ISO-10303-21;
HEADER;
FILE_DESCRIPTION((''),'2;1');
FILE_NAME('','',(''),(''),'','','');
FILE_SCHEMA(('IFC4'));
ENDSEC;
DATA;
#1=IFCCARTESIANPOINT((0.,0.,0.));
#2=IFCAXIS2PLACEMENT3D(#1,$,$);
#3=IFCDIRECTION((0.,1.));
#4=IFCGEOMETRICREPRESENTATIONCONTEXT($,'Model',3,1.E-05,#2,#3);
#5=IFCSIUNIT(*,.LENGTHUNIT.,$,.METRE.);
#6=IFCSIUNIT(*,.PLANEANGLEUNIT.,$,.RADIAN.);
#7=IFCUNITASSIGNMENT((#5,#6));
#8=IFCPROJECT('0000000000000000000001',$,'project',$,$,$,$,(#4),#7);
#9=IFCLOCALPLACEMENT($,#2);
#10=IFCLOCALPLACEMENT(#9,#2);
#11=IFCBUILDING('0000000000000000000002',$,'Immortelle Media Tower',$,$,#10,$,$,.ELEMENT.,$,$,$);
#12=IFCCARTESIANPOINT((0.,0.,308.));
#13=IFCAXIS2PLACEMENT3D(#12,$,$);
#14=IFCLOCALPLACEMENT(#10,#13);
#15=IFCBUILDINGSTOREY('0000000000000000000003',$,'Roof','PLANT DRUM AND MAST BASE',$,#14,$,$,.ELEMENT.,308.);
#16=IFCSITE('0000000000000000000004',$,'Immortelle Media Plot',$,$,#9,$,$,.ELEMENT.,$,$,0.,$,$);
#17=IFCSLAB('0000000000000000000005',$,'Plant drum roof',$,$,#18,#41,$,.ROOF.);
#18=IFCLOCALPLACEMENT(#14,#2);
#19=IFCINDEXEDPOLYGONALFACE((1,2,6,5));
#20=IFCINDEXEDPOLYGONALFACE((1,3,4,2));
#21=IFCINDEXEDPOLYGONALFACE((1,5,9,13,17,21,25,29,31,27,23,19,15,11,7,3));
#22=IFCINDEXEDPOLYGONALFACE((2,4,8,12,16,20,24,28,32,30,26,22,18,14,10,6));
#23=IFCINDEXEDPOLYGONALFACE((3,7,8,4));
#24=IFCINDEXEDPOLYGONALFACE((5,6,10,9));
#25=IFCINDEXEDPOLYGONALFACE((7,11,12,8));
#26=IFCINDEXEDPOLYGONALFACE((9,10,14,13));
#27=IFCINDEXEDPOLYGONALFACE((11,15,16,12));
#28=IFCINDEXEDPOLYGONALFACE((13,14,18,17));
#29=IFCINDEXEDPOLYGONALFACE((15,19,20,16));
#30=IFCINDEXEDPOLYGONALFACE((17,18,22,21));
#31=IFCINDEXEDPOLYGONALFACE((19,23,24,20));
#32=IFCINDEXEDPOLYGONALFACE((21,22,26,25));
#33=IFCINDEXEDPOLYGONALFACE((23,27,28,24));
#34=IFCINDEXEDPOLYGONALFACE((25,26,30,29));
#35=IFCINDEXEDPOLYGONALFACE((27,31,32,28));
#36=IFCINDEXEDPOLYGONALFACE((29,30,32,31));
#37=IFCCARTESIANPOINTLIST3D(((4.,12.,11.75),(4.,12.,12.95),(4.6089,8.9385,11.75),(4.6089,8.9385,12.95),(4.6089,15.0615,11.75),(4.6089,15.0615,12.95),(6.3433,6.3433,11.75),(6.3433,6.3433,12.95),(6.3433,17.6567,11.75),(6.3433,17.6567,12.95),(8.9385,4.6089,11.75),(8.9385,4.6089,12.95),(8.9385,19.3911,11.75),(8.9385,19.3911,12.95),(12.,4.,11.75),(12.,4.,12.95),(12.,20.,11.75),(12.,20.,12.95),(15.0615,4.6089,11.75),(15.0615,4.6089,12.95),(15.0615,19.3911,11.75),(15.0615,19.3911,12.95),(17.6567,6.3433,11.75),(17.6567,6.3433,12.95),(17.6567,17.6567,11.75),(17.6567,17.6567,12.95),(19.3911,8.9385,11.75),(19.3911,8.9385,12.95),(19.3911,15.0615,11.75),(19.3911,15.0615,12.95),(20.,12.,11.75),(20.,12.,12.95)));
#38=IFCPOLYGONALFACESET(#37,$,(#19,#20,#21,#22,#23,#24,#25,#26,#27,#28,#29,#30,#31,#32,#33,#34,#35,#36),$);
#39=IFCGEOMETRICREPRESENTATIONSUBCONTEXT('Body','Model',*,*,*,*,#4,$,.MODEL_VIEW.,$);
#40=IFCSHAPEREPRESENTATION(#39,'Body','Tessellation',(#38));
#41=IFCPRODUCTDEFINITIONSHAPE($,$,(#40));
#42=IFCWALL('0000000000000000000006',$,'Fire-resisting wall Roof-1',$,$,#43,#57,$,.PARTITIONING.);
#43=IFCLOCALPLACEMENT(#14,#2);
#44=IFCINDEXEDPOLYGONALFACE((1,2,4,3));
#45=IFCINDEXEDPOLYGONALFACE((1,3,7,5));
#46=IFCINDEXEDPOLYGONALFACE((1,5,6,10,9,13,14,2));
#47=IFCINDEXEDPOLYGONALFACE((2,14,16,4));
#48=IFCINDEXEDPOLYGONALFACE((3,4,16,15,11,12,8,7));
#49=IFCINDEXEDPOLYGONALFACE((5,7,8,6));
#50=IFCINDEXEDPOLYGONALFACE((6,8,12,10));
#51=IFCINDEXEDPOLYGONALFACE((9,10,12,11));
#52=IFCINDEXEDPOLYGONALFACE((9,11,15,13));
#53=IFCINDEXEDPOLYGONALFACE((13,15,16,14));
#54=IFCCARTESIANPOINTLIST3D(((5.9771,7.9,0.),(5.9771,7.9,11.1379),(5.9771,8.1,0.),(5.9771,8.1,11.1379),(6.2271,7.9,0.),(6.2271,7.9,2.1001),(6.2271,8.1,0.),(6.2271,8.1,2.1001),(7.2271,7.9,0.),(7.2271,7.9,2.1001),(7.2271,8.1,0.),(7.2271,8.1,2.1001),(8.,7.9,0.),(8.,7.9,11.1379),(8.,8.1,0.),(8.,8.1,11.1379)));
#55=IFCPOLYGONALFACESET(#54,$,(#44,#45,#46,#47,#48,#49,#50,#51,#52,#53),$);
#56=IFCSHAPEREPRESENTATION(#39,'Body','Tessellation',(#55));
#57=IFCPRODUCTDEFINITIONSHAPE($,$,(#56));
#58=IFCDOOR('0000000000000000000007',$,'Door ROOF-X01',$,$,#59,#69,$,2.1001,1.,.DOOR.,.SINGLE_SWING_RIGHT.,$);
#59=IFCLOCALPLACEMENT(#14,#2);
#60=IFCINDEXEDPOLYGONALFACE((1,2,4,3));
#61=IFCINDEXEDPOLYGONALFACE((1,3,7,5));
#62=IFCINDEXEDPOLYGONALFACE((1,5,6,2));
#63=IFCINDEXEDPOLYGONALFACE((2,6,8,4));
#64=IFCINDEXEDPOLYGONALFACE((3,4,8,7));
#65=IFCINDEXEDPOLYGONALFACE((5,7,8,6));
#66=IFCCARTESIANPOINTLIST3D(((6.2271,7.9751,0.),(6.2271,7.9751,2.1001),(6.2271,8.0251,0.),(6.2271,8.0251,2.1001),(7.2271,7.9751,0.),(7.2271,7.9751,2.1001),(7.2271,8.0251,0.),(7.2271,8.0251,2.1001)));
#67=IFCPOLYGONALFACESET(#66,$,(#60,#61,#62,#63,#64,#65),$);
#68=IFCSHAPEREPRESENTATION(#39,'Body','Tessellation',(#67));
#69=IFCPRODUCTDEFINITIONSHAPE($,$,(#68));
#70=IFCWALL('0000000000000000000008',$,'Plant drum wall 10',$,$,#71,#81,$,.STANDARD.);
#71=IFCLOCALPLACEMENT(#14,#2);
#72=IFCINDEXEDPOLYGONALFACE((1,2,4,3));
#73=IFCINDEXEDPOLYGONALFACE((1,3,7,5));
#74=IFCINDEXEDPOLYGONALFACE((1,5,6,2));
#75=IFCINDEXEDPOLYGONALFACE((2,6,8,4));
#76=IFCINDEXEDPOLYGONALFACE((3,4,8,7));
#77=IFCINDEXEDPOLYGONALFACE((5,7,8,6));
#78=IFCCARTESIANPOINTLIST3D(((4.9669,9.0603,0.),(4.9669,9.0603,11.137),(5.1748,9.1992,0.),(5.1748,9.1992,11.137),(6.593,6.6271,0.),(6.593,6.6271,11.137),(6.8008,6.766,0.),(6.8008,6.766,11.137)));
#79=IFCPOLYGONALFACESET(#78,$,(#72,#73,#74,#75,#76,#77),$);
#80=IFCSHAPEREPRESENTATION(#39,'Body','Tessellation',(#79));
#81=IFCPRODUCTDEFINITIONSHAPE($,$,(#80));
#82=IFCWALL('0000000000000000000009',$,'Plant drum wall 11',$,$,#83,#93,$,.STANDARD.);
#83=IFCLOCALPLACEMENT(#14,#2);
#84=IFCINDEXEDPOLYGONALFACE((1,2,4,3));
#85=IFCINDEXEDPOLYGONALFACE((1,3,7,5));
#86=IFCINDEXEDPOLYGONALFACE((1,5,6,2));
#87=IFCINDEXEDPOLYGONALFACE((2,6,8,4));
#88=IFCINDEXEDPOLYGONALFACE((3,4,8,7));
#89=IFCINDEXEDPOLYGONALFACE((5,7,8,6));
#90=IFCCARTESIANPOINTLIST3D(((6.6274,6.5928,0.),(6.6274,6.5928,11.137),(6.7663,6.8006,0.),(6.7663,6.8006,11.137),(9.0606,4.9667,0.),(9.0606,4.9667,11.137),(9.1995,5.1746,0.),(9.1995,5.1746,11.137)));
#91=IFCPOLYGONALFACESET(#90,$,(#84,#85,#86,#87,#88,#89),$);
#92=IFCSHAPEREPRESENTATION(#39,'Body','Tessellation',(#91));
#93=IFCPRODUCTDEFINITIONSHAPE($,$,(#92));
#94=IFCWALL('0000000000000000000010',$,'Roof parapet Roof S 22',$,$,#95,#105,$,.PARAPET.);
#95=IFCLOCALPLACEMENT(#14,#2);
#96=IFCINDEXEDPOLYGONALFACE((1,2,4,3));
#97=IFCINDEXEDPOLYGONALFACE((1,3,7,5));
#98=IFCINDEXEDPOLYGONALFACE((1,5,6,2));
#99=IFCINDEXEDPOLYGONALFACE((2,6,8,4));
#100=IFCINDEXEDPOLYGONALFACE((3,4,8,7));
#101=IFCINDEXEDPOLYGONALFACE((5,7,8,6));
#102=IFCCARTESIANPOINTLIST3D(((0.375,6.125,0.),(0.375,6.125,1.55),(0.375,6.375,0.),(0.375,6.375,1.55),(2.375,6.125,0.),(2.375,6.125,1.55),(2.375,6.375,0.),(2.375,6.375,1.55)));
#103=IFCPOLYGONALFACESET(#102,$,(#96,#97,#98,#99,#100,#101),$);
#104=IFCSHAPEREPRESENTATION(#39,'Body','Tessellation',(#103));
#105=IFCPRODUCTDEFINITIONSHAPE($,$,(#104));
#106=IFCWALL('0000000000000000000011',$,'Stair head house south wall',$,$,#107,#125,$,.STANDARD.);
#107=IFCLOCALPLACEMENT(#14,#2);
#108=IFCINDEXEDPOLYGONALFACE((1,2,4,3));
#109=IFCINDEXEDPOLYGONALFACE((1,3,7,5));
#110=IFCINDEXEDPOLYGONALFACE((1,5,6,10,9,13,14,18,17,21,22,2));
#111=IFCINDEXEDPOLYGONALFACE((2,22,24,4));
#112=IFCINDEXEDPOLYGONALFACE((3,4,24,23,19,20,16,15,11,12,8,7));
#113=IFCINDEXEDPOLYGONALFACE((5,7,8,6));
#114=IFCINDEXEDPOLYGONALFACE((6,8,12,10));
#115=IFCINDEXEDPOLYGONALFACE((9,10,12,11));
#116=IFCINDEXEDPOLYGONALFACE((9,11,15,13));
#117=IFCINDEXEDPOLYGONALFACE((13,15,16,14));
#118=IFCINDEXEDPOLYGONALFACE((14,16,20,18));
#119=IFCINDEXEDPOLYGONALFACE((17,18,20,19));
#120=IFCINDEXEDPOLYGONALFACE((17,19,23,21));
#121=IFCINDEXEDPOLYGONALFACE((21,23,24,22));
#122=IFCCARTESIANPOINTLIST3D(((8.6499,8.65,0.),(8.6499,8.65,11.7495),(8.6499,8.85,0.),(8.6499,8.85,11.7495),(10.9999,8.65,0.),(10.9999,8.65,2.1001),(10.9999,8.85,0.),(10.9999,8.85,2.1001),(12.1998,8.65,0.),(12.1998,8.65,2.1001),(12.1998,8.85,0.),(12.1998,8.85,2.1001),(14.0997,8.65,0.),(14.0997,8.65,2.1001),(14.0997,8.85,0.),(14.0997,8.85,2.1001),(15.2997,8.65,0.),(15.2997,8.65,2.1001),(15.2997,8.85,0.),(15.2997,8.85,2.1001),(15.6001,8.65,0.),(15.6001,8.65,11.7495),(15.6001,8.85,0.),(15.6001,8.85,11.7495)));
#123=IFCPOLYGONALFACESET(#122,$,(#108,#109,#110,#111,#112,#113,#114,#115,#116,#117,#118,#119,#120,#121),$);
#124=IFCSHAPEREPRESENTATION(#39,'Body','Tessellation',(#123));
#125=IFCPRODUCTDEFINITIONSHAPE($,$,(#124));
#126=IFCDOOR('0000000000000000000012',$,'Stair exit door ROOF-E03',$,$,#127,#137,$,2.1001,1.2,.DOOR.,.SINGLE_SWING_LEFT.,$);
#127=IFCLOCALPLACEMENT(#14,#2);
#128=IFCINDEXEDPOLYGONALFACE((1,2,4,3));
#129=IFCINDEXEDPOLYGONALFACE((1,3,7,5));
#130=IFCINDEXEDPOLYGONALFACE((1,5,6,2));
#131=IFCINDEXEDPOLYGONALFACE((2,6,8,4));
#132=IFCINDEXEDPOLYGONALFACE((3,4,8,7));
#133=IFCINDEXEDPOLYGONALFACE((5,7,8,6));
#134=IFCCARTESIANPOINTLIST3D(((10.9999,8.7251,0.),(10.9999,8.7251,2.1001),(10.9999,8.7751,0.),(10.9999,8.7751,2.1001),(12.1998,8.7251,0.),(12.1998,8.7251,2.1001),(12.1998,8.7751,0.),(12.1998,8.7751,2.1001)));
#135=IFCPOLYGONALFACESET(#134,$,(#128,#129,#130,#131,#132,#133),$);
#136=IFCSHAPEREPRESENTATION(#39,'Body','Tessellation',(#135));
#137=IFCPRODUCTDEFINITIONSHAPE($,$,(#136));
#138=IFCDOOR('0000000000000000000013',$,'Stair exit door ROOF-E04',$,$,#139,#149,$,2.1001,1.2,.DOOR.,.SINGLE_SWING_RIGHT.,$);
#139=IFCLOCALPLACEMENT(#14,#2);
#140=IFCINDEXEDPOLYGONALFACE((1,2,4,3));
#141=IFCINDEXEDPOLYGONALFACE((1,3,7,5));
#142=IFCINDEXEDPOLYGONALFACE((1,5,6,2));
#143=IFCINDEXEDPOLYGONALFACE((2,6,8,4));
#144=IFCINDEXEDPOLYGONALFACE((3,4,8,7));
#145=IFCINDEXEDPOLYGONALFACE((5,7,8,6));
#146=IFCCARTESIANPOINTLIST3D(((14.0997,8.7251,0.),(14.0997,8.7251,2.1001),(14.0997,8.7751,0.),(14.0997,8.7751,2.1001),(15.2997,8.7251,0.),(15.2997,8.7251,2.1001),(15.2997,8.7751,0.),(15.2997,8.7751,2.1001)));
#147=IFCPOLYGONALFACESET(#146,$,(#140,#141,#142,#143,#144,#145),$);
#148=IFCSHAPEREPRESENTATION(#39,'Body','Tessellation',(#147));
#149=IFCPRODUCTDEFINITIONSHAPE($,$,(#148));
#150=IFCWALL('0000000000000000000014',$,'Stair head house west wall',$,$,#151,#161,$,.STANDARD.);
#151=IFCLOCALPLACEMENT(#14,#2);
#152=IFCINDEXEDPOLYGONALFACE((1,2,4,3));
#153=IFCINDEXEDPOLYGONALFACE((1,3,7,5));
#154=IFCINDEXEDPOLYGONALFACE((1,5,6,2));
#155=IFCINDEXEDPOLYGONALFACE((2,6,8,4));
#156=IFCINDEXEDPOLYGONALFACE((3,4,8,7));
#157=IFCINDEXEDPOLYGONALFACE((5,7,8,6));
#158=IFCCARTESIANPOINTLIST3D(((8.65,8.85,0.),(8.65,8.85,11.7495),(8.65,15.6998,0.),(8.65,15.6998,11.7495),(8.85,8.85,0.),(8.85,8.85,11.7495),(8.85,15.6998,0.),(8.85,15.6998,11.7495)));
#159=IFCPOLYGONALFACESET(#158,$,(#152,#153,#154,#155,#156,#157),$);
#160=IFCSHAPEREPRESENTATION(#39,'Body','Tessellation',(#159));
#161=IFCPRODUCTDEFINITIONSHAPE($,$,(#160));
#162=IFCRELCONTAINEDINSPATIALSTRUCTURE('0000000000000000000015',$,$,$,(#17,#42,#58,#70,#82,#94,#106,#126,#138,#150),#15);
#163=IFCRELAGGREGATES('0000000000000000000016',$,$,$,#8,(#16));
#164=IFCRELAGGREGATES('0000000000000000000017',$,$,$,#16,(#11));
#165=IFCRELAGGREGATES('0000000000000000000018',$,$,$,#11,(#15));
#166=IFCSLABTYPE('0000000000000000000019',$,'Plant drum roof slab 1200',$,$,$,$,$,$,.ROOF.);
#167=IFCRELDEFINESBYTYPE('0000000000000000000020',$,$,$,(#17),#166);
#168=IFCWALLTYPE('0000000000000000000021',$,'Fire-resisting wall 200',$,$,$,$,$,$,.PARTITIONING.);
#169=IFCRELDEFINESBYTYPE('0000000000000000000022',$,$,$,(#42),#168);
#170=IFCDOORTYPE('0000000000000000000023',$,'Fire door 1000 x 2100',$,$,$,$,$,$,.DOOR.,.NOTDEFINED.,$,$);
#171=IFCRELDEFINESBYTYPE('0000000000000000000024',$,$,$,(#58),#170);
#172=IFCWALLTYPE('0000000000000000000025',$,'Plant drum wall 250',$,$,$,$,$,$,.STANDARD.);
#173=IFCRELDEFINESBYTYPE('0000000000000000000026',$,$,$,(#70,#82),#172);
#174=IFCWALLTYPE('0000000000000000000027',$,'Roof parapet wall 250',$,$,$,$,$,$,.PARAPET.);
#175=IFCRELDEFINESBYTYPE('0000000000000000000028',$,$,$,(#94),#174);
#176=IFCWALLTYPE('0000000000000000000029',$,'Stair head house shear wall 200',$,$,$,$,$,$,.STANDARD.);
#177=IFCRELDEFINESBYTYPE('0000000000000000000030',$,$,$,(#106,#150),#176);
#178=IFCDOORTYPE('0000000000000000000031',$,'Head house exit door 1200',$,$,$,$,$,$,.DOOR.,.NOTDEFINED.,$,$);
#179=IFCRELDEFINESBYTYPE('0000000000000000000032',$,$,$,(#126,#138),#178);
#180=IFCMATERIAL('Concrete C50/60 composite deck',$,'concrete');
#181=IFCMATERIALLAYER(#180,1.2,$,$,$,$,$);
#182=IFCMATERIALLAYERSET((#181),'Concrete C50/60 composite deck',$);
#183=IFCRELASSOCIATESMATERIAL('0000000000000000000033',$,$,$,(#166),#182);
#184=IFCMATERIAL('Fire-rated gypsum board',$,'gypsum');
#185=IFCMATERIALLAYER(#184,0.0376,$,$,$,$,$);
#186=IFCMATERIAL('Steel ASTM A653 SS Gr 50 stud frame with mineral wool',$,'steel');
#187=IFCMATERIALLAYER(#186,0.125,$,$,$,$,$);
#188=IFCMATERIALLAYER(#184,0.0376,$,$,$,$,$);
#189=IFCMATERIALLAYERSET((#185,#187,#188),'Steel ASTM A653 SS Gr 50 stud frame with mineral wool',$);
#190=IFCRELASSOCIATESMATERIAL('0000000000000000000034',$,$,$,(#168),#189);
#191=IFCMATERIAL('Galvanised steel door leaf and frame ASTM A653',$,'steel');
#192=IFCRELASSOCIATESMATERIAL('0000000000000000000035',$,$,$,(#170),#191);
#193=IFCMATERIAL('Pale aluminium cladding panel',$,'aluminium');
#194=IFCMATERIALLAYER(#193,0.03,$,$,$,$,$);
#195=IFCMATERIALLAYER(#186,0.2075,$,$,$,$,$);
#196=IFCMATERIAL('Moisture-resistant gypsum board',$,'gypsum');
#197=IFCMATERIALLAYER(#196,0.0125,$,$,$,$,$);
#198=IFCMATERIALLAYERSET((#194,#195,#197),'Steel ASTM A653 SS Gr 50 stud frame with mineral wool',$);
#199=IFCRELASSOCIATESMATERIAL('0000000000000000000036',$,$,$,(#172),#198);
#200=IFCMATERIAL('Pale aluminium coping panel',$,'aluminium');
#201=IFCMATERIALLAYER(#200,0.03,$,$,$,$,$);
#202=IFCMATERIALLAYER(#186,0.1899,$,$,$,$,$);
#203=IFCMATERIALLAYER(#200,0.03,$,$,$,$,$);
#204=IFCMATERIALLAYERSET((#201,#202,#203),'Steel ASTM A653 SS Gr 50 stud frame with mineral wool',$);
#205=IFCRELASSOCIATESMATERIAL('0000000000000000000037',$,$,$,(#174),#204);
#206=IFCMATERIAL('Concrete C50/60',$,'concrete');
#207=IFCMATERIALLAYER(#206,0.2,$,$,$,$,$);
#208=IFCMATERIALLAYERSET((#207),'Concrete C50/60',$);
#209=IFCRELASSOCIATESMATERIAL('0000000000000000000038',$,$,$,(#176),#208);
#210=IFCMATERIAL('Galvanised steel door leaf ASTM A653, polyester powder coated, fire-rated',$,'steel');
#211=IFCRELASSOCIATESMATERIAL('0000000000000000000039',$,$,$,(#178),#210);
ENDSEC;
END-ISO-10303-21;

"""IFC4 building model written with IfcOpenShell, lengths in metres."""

from ifc_helpers import new_model, si_unit, direction, frame, frame_2d, origin, place, context, subcontext, project, spatial, polyline, rectangle, outline, extrude, material, layer, layer_set, type_object, element, fill, save


model = new_model("IFC4")

# Units and contexts
model_context = context("Model", 3, precision=1e-05, world=origin(), true_north=direction((0.0, 1.0)))
body_context = subcontext(model_context, "Body", "Model", "MODEL_VIEW")
ifc_project = project(units=[si_unit("LENGTHUNIT", "METRE"), si_unit("PLANEANGLEUNIT", "RADIAN")], contexts=[model_context])

# Site, building, storey
site_placement = place(None, origin())
site = spatial("IfcSite", under=ifc_project, at=site_placement, Name="Immortelle Media Plot", CompositionType="ELEMENT", RefElevation=0.0)
building_placement = place(site_placement, origin())
building = spatial("IfcBuilding", under=site, at=building_placement, Name="Immortelle Media Tower", CompositionType="ELEMENT")
storey_placement = place(building_placement, frame((0.0, 0.0, 308.0)))
storey = spatial("IfcBuildingStorey", under=building, at=storey_placement, Name="Roof", Description="PLANT DRUM AND MAST BASE", CompositionType="ELEMENT", Elevation=308.0)

# Slab
ifc_material_1 = material(Name="Concrete C50/60 composite deck", Category="concrete")
ifc_layer_1 = layer(ifc_material_1, 1.2)
ifc_layer_set_1 = layer_set([ifc_layer_1], Name="Concrete C50/60 composite deck")
slab_type = type_object("IfcSlabType", Name="Plant drum roof slab 1200", PredefinedType="ROOF", material=ifc_layer_set_1)
slab_placement = place(storey_placement, frame((0.0, 0.0, 11.75)))
element("IfcSlab", 1, at=slab_placement, inside=storey, type_object=slab_type, Name="Plant drum roof", PredefinedType="ROOF", context=body_context, shape_type="SweptSolid", body=[
    extrude(outline(polyline([(20.0, 12.0), (19.3911, 15.0615), (17.6567, 17.6567), (15.0615, 19.3911), (12.0, 20.0), (8.9385, 19.3911), (6.3433, 17.6567), (4.6089, 15.0615), (4.0, 12.0), (4.6089, 8.9385), (6.3433, 6.3433), (8.9385, 4.6089), (12.0, 4.0), (15.0615, 4.6089), (17.6567, 6.3433), (19.3911, 8.9385), (20.0, 12.0)])), origin(), (0.0, 0.0, 1.0), 1.2),
])

# Wall, opening, door
ifc_material_2 = material(Name="Fire-rated gypsum board", Category="gypsum")
ifc_layer_2 = layer(ifc_material_2, 0.0376)
ifc_material_3 = material(Name="Steel ASTM A653 SS Gr 50 stud frame with mineral wool", Category="steel")
ifc_layer_3 = layer(ifc_material_3, 0.125)
ifc_layer_4 = layer(ifc_material_2, 0.0376)
ifc_layer_set_2 = layer_set([ifc_layer_2, ifc_layer_3, ifc_layer_4], Name="Steel ASTM A653 SS Gr 50 stud frame with mineral wool")
wall_type_1 = type_object("IfcWallType", Name="Fire-resisting wall 200", PredefinedType="PARTITIONING", material=ifc_layer_set_2)
wall_1_placement = place(storey_placement, frame((5.9771, 8.0, 0.0), z_axis=(0.0, 0.0, 1.0), x_axis=(1.0, 0.0, 0.0)))
wall_1 = element("IfcWall", 2, at=wall_1_placement, inside=storey, type_object=wall_type_1, Name="Fire-resisting wall Roof-1", PredefinedType="PARTITIONING", context=body_context, shape_type="SweptSolid", body=[
    extrude(rectangle(XDim=2.0229, YDim=0.2, at=frame_2d((1.0115, 0.0))), origin(), (0.0, 0.0, 1.0), 11.1379),
])
opening_1_placement = place(wall_1_placement, frame((1.25, 0.0, 0.0), z_axis=(0.0, 0.0, 1.0), x_axis=(-1.0, 0.0, 0.0)))
opening_1 = element("IfcOpeningElement", 3, at=opening_1_placement, cuts=wall_1, PredefinedType="OPENING", context=body_context, shape_type="SweptSolid", body=[
    extrude(rectangle(XDim=1.0, YDim=2.1001, at=frame_2d((0.5, 1.05))), frame((0.0, 0.1099, 0.0), z_axis=(0.0, -1.0, 0.0), x_axis=(1.0, 0.0, 0.0)), (0.0, 0.0, 1.0), 0.22),
])
ifc_material_4 = material(Name="Galvanised steel door leaf and frame ASTM A653", Category="steel")
door_type_1 = type_object("IfcDoorType", Name="Fire door 1000 x 2100", OperationType="NOTDEFINED", PredefinedType="DOOR", material=ifc_material_4)
door_1_placement = place(opening_1_placement, origin())
door_1 = element("IfcDoor", 4, at=door_1_placement, inside=storey, type_object=door_type_1, Name="Door ROOF-X01", OperationType="SINGLE_SWING_RIGHT", OverallHeight=2.1001, OverallWidth=1.0, PredefinedType="DOOR", context=body_context, shape_type="SweptSolid", body=[
    extrude(rectangle(XDim=1.0, YDim=2.1001, at=frame_2d((0.5, 1.05))), frame((0.0, 0.0249, 0.0), z_axis=(0.0, -1.0, 0.0), x_axis=(1.0, 0.0, 0.0)), (0.0, 0.0, 1.0), 0.05),
])
fill(opening_1, door_1)

# Walls
ifc_material_5 = material(Name="Pale aluminium cladding panel", Category="aluminium")
ifc_layer_5 = layer(ifc_material_5, 0.03)
ifc_layer_6 = layer(ifc_material_3, 0.2075)
ifc_material_6 = material(Name="Moisture-resistant gypsum board", Category="gypsum")
ifc_layer_7 = layer(ifc_material_6, 0.0125)
ifc_layer_set_3 = layer_set([ifc_layer_5, ifc_layer_6, ifc_layer_7], Name="Steel ASTM A653 SS Gr 50 stud frame with mineral wool")
wall_type_2 = type_object("IfcWallType", Name="Plant drum wall 250", PredefinedType="STANDARD", material=ifc_layer_set_3)
for number, where, z_axis, x_axis, name in (
    (5, (5.0708, 9.1299, 0.0), (0.0, 0.0, 1.0), (0.555624, -0.831434, 0.0), "Plant drum wall 10"),
    (6, (6.6968, 6.6968, 0.0), (0.0, 0.0, 1.0), (0.831434, -0.555624, 0.0), "Plant drum wall 11"),
):
    element("IfcWall", number, at=place(storey_placement, frame(where, z_axis=z_axis, x_axis=x_axis)), inside=storey, type_object=wall_type_2, Name=name, PredefinedType="STANDARD", context=body_context, shape_type="SweptSolid", body=[
        extrude(rectangle(XDim=2.9265, YDim=0.25, at=frame_2d((1.4634, 0.0))), origin(), (0.0, 0.0, 1.0), 11.137),
    ])
ifc_material_7 = material(Name="Pale aluminium coping panel", Category="aluminium")
ifc_layer_8 = layer(ifc_material_7, 0.03)
ifc_layer_9 = layer(ifc_material_3, 0.1899)
ifc_layer_10 = layer(ifc_material_7, 0.03)
ifc_layer_set_4 = layer_set([ifc_layer_8, ifc_layer_9, ifc_layer_10], Name="Steel ASTM A653 SS Gr 50 stud frame with mineral wool")
wall_type_3 = type_object("IfcWallType", Name="Roof parapet wall 250", PredefinedType="PARAPET", material=ifc_layer_set_4)
wall_2_placement = place(storey_placement, frame((0.375, 6.25, 0.0), z_axis=(0.0, 0.0, 1.0), x_axis=(1.0, 0.0, 0.0)))
element("IfcWall", 7, at=wall_2_placement, inside=storey, type_object=wall_type_3, Name="Roof parapet Roof S 22", PredefinedType="PARAPET", context=body_context, shape_type="SweptSolid", body=[
    extrude(rectangle(XDim=2.0, YDim=0.25, at=frame_2d((1.0, 0.0))), origin(), (0.0, 0.0, 1.0), 1.55),
])

# Wall, openings, doors
ifc_material_8 = material(Name="Concrete C50/60", Category="concrete")
ifc_layer_11 = layer(ifc_material_8, 0.2)
ifc_layer_set_5 = layer_set([ifc_layer_11], Name="Concrete C50/60")
wall_type_4 = type_object("IfcWallType", Name="Stair head house shear wall 200", PredefinedType="STANDARD", material=ifc_layer_set_5)
wall_3_placement = place(storey_placement, frame((8.6499, 8.75, 0.0), z_axis=(0.0, 0.0, 1.0), x_axis=(1.0, 0.0, 0.0)))
wall_3 = element("IfcWall", 8, at=wall_3_placement, inside=storey, type_object=wall_type_4, Name="Stair head house south wall", PredefinedType="STANDARD", context=body_context, shape_type="SweptSolid", body=[
    extrude(rectangle(XDim=6.9502, YDim=0.2, at=frame_2d((3.4751, 0.0))), origin(), (0.0, 0.0, 1.0), 11.7495),
])
opening_2_placement = place(wall_3_placement, frame((3.55, 0.0, 0.0), z_axis=(0.0, 0.0, 1.0), x_axis=(-1.0, 0.0, 0.0)))
opening_2 = element("IfcOpeningElement", 9, at=opening_2_placement, cuts=wall_3, PredefinedType="OPENING", context=body_context, shape_type="SweptSolid", body=[
    extrude(rectangle(XDim=1.2, YDim=2.1001, at=frame_2d((0.6001, 1.05))), frame((0.0, 0.1099, 0.0), z_axis=(0.0, -1.0, 0.0), x_axis=(1.0, 0.0, 0.0)), (0.0, 0.0, 1.0), 0.22),
])
opening_3_placement = place(wall_3_placement, frame((6.6499, 0.0, 0.0), z_axis=(0.0, 0.0, 1.0), x_axis=(-1.0, 0.0, 0.0)))
opening_3 = element("IfcOpeningElement", 10, at=opening_3_placement, cuts=wall_3, PredefinedType="OPENING", context=body_context, shape_type="SweptSolid", body=[
    extrude(rectangle(XDim=1.2, YDim=2.1001, at=frame_2d((0.6001, 1.05))), frame((0.0, 0.1099, 0.0), z_axis=(0.0, -1.0, 0.0), x_axis=(1.0, 0.0, 0.0)), (0.0, 0.0, 1.0), 0.22),
])
ifc_material_9 = material(Name="Galvanised steel door leaf ASTM A653, polyester powder coated, fire-rated", Category="steel")
door_type_2 = type_object("IfcDoorType", Name="Head house exit door 1200", OperationType="NOTDEFINED", PredefinedType="DOOR", material=ifc_material_9)
door_2_placement = place(opening_2_placement, origin())
door_2 = element("IfcDoor", 11, at=door_2_placement, inside=storey, type_object=door_type_2, Name="Stair exit door ROOF-E03", OperationType="SINGLE_SWING_LEFT", OverallHeight=2.1001, OverallWidth=1.2, PredefinedType="DOOR", context=body_context, shape_type="SweptSolid", body=[
    extrude(rectangle(XDim=1.2, YDim=2.1001, at=frame_2d((0.6001, 1.05))), frame((0.0, 0.0249, 0.0), z_axis=(0.0, -1.0, 0.0), x_axis=(1.0, 0.0, 0.0)), (0.0, 0.0, 1.0), 0.05),
])
fill(opening_2, door_2)
door_3_placement = place(opening_3_placement, origin())
door_3 = element("IfcDoor", 12, at=door_3_placement, inside=storey, type_object=door_type_2, Name="Stair exit door ROOF-E04", OperationType="SINGLE_SWING_RIGHT", OverallHeight=2.1001, OverallWidth=1.2, PredefinedType="DOOR", context=body_context, shape_type="SweptSolid", body=[
    extrude(rectangle(XDim=1.2, YDim=2.1001, at=frame_2d((0.6001, 1.05))), frame((0.0, 0.0249, 0.0), z_axis=(0.0, -1.0, 0.0), x_axis=(1.0, 0.0, 0.0)), (0.0, 0.0, 1.0), 0.05),
])
fill(opening_3, door_3)

# Wall
wall_4_placement = place(storey_placement, frame((8.75, 8.8501, 0.0), z_axis=(0.0, 0.0, 1.0), x_axis=(0.0, 1.0, 0.0)))
element("IfcWall", 13, at=wall_4_placement, inside=storey, type_object=wall_type_4, Name="Stair head house west wall", PredefinedType="STANDARD", context=body_context, shape_type="SweptSolid", body=[
    extrude(rectangle(XDim=6.8499, YDim=0.2, at=frame_2d((3.4248, 0.0))), origin(), (0.0, 0.0, 1.0), 11.7495),
])

save(model, "model.ifc")
